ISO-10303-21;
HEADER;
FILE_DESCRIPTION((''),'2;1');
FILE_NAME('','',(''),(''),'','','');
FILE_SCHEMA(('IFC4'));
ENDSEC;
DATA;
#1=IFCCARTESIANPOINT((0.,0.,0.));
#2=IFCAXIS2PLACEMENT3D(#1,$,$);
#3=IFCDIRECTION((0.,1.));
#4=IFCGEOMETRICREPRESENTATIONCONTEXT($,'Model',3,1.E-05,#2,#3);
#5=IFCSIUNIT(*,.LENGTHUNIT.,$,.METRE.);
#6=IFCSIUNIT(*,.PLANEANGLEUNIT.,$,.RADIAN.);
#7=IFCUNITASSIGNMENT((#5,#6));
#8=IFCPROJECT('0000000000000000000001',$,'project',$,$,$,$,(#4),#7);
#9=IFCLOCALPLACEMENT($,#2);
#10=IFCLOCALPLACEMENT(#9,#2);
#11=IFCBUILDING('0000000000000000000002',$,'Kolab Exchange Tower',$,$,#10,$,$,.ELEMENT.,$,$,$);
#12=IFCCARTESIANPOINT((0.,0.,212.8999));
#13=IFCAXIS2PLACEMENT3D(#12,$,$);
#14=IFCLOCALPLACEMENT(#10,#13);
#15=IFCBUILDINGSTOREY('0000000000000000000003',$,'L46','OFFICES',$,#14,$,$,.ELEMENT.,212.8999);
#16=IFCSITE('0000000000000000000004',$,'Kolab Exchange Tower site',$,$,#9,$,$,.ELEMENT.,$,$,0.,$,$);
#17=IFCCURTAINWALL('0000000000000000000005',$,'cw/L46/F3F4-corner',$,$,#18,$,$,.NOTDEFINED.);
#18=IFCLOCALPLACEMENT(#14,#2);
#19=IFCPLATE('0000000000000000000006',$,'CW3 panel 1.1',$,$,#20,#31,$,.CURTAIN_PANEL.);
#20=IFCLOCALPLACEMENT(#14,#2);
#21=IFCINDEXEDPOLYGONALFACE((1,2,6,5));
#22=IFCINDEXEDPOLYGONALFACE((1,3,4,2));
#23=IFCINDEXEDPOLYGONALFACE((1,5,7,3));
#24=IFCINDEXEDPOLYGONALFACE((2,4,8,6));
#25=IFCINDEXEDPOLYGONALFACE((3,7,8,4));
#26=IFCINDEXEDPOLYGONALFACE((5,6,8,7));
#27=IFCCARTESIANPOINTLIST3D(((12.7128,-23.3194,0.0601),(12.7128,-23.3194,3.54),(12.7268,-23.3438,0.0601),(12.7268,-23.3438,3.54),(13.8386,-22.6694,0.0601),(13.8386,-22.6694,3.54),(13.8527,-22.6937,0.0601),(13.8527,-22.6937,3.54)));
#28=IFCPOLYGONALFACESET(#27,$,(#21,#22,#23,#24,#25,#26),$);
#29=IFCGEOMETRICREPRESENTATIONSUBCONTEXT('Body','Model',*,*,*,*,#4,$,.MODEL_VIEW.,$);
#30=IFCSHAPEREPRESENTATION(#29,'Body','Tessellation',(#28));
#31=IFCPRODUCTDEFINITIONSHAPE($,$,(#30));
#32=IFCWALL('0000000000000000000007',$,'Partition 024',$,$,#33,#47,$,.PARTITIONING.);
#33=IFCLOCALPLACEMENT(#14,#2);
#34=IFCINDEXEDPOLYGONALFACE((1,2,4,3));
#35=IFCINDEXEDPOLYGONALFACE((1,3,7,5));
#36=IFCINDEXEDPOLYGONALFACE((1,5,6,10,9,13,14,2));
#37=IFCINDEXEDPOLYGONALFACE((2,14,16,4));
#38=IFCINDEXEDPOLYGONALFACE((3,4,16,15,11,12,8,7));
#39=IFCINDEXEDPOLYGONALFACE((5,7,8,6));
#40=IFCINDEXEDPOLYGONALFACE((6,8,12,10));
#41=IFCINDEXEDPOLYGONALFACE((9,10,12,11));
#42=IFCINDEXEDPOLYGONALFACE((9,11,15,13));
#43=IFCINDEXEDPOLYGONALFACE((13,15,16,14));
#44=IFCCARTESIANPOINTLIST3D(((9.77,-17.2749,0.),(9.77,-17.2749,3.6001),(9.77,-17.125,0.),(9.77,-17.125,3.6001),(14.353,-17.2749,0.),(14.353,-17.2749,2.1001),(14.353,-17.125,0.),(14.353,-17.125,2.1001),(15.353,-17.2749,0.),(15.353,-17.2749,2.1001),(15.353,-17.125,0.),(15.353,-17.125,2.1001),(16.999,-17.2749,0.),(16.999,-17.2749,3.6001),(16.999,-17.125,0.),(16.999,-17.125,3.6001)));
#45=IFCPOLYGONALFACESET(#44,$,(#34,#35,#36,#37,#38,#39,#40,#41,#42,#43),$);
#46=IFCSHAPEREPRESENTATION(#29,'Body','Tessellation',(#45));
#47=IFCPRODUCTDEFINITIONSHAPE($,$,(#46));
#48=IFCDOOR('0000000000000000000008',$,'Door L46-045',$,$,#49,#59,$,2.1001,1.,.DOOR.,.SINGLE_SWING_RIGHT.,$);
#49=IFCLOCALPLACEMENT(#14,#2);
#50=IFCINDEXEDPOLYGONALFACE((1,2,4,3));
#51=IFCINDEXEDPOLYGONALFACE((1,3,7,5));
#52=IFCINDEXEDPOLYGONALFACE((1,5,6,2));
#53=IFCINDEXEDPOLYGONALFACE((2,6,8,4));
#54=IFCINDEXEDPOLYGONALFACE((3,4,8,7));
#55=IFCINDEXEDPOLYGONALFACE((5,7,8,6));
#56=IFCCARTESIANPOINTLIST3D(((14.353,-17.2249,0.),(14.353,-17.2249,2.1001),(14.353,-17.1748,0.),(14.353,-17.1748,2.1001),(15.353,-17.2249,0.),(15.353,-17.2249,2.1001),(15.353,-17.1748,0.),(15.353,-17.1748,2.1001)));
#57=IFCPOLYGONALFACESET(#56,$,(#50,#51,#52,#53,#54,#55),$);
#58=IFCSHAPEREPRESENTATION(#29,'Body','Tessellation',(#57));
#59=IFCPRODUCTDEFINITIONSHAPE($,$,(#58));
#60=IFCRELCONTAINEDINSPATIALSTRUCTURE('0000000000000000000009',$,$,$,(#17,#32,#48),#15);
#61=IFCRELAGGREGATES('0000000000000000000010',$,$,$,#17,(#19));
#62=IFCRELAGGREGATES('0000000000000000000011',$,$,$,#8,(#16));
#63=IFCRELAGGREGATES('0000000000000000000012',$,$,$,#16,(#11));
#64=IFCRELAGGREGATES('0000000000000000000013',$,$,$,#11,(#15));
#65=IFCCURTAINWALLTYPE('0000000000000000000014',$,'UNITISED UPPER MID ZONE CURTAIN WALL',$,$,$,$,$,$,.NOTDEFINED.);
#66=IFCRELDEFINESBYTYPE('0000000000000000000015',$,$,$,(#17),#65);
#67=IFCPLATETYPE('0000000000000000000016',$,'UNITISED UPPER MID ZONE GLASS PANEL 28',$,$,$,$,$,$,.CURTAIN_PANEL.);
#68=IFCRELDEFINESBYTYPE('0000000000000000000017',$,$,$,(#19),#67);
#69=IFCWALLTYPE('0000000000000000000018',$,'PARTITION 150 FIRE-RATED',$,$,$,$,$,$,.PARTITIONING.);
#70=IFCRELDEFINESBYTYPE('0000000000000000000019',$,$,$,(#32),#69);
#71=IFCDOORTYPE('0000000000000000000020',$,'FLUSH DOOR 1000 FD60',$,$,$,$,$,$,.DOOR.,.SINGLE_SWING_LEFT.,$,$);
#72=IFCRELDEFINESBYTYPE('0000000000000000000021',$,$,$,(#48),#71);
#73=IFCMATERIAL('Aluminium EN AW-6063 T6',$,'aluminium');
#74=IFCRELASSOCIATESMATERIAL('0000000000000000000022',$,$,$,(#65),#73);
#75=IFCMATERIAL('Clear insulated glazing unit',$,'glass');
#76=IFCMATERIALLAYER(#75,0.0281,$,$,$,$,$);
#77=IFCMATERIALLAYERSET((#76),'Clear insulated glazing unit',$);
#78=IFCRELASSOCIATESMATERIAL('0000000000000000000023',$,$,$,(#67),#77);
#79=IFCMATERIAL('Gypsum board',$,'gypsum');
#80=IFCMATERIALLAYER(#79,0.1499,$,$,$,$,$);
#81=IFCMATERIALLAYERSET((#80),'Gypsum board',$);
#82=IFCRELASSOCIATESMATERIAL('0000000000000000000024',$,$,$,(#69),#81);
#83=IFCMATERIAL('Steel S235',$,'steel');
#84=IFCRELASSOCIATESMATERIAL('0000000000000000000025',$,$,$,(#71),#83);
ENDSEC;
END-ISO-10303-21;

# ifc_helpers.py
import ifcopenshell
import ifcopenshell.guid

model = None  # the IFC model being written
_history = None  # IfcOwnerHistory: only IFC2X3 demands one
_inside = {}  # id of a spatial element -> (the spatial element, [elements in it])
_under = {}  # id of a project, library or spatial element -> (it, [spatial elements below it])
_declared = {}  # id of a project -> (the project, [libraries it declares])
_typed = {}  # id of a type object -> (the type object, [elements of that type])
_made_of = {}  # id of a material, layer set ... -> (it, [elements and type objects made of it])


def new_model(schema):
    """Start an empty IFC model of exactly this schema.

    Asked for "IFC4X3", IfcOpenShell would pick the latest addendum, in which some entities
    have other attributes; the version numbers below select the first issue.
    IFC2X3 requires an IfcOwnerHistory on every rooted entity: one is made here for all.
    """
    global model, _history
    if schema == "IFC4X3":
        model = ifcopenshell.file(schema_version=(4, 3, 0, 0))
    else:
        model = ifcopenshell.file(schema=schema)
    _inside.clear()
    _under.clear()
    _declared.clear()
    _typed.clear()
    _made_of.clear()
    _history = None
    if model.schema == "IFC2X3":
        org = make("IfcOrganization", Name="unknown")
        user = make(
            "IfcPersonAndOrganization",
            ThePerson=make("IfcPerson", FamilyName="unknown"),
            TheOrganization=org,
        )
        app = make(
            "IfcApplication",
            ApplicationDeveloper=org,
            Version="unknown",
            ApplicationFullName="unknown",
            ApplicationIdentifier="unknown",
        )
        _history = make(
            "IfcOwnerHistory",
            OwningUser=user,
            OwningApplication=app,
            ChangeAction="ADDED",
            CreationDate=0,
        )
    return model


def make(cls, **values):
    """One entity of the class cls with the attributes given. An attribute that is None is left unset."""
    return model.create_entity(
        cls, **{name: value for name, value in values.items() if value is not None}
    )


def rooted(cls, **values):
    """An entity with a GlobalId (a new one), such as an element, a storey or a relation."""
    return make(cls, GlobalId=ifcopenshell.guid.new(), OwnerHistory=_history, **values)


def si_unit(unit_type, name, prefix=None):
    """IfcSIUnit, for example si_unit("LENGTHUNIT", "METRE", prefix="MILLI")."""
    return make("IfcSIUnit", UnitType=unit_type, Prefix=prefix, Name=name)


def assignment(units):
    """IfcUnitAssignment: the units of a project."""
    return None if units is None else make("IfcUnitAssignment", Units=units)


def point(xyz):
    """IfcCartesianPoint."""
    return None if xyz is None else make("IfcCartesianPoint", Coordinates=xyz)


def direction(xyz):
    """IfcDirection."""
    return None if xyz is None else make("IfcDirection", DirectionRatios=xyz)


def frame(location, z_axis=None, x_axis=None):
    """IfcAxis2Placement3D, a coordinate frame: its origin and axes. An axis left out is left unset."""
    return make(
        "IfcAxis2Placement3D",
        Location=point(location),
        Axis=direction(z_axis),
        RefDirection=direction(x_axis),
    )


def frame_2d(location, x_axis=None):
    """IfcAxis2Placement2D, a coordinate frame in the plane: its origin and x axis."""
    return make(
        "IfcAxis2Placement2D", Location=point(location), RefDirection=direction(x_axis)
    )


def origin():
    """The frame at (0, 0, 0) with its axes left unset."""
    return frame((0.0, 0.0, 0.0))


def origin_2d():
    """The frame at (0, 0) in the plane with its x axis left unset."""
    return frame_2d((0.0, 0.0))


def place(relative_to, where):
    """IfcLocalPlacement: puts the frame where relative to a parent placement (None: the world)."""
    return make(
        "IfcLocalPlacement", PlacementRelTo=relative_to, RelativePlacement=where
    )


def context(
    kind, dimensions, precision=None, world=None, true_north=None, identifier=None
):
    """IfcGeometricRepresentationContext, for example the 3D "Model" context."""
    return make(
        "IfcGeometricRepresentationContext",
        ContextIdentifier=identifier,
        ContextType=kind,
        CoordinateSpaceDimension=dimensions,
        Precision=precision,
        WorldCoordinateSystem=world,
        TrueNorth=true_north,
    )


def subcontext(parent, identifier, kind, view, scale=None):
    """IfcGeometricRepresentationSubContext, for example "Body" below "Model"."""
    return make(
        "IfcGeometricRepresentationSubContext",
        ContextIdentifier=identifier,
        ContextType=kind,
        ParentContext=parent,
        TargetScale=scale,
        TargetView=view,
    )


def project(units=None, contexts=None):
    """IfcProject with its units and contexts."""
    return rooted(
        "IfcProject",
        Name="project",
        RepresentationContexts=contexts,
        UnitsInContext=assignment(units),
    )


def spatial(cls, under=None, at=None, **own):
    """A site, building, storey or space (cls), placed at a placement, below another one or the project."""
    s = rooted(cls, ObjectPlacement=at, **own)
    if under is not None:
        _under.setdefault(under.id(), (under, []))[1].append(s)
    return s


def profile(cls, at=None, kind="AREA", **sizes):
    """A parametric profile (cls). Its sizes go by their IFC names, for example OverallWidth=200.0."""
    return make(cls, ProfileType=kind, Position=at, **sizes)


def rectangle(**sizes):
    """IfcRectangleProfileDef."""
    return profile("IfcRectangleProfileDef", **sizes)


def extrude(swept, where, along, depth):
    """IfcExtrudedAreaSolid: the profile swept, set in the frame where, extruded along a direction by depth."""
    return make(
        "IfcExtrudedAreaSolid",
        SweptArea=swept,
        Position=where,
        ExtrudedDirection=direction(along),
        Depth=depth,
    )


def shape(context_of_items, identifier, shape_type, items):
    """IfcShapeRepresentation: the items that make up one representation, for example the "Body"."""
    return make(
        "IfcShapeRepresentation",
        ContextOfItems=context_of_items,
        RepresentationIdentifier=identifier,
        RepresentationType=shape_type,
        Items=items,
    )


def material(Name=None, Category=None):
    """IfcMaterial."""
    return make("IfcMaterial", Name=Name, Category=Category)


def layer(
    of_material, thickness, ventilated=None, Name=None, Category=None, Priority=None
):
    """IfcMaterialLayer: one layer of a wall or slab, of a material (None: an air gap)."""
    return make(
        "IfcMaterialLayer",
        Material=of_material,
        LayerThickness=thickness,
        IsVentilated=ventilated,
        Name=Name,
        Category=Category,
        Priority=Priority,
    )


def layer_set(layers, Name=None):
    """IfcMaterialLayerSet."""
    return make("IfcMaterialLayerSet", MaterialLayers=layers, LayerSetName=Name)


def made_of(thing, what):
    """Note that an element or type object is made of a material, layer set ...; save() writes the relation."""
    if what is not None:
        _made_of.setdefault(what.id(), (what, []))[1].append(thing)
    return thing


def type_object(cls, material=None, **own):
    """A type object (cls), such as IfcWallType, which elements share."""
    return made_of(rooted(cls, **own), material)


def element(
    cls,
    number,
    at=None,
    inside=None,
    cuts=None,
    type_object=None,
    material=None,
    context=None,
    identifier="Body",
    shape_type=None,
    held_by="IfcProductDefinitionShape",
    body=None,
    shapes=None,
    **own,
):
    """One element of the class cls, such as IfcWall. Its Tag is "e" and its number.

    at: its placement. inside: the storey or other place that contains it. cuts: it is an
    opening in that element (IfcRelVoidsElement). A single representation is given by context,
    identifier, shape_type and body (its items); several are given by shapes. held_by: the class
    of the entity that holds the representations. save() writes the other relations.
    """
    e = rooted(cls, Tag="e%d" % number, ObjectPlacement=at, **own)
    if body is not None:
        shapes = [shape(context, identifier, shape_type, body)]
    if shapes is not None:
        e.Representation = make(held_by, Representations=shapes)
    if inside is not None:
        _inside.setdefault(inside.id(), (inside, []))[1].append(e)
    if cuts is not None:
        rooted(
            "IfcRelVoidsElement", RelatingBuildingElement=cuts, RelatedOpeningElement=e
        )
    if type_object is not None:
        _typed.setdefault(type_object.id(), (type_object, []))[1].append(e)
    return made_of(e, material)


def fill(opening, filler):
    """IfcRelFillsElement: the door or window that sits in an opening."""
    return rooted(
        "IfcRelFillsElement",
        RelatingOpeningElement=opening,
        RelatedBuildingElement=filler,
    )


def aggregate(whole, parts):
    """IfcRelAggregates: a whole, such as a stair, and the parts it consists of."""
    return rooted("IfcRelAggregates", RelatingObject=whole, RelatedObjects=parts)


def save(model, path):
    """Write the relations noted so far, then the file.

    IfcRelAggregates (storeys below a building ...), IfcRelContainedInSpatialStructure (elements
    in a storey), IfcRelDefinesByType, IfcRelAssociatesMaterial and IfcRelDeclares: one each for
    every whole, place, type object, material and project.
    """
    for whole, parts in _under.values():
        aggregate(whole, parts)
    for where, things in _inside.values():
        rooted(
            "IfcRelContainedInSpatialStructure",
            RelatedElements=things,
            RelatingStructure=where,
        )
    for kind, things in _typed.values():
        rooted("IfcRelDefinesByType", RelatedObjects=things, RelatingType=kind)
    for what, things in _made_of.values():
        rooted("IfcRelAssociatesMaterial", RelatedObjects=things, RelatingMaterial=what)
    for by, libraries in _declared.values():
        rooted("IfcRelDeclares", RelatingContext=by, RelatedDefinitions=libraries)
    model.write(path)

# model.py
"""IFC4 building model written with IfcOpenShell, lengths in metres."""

from ifc_helpers import new_model, si_unit, direction, frame, frame_2d, origin, origin_2d, place, context, subcontext, project, spatial, rectangle, extrude, material, layer, layer_set, type_object, element, fill, aggregate, save


model = new_model("IFC4")

# Units and contexts
model_context = context("Model", 3, precision=1e-05, world=origin(), true_north=direction((0.0, 1.0)))
body_context = subcontext(model_context, "Body", "Model", "MODEL_VIEW")
ifc_project = project(units=[si_unit("LENGTHUNIT", "METRE"), si_unit("PLANEANGLEUNIT", "RADIAN")], contexts=[model_context])

# Site, building, storey
site_placement = place(None, origin())
site = spatial("IfcSite", under=ifc_project, at=site_placement, Name="Kolab Exchange Tower site", CompositionType="ELEMENT", RefElevation=0.0)
building_placement = place(site_placement, origin())
building = spatial("IfcBuilding", under=site, at=building_placement, Name="Kolab Exchange Tower", CompositionType="ELEMENT")
storey_placement = place(building_placement, frame((0.0, 0.0, 212.8999)))
storey = spatial("IfcBuildingStorey", under=building, at=storey_placement, Name="L46", Description="OFFICES", CompositionType="ELEMENT", Elevation=212.8999)

# Shared definitions
ifc_material_1 = material(Name="Aluminium EN AW-6063 T6", Category="aluminium")
curtain_wall_type = type_object("IfcCurtainWallType", Name="UNITISED UPPER MID ZONE CURTAIN WALL", PredefinedType="NOTDEFINED", material=ifc_material_1)

# Curtain wall
curtain_wall_1_placement = place(storey_placement, origin())
curtain_wall_1 = element("IfcCurtainWall", 1, at=curtain_wall_1_placement, inside=storey, type_object=curtain_wall_type, Name="cw/L46/F3F4-corner", PredefinedType="NOTDEFINED")

# Plate
ifc_material_2 = material(Name="Clear insulated glazing unit", Category="glass")
ifc_layer_1 = layer(ifc_material_2, 0.0281)
ifc_layer_set_1 = layer_set([ifc_layer_1], Name="Clear insulated glazing unit")
plate_type = type_object("IfcPlateType", Name="UNITISED UPPER MID ZONE GLASS PANEL 28", PredefinedType="CURTAIN_PANEL", material=ifc_layer_set_1)
plate_1_placement = place(storey_placement, frame((13.2827, -23.0066, 0.0601), z_axis=(0.0, 0.0, 1.0), x_axis=(-0.866025, -0.5, 0.0)))
plate_1 = element("IfcPlate", 2, at=plate_1_placement, type_object=plate_type, Name="CW3 panel 1.1", PredefinedType="CURTAIN_PANEL", context=body_context, shape_type="SweptSolid", body=[
    extrude(rectangle(XDim=1.3, YDim=0.0281, at=origin_2d()), origin(), (0.0, 0.0, 1.0), 3.48),
])
aggregate(curtain_wall_1, [plate_1])

# Wall, opening, door
ifc_material_3 = material(Name="Gypsum board", Category="gypsum")
ifc_layer_2 = layer(ifc_material_3, 0.1499)
ifc_layer_set_2 = layer_set([ifc_layer_2], Name="Gypsum board")
wall_type_1 = type_object("IfcWallType", Name="PARTITION 150 FIRE-RATED", PredefinedType="PARTITIONING", material=ifc_layer_set_2)
wall_1_placement = place(storey_placement, frame((9.77, -17.2, 0.0), z_axis=(0.0, 0.0, 1.0), x_axis=(1.0, 0.0, 0.0)))
wall_1 = element("IfcWall", 3, at=wall_1_placement, inside=storey, type_object=wall_type_1, Name="Partition 024", PredefinedType="PARTITIONING", context=body_context, shape_type="SweptSolid", body=[
    extrude(rectangle(XDim=7.229, YDim=0.1499, at=frame_2d((3.6145, 0.0))), origin(), (0.0, 0.0, 1.0), 3.6001),
])
opening_1_placement = place(wall_1_placement, frame((4.583, 0.0, 0.0)))
opening_1 = element("IfcOpeningElement", 4, at=opening_1_placement, cuts=wall_1, PredefinedType="OPENING", context=body_context, shape_type="SweptSolid", body=[
    extrude(rectangle(XDim=1.0, YDim=2.1001, at=frame_2d((0.5, 1.05))), frame((0.0, 0.085, 0.0), z_axis=(0.0, -1.0, 0.0), x_axis=(1.0, 0.0, 0.0)), (0.0, 0.0, 1.0), 0.1699),
])
ifc_material_4 = material(Name="Steel S235", Category="steel")
door_type_1 = type_object("IfcDoorType", Name="FLUSH DOOR 1000 FD60", OperationType="SINGLE_SWING_LEFT", PredefinedType="DOOR", material=ifc_material_4)
door_1_placement = place(opening_1_placement, frame((1.0, 0.0, 0.0), z_axis=(0.0, 0.0, 1.0), x_axis=(-1.0, 0.0, 0.0)))
door_1 = element("IfcDoor", 5, at=door_1_placement, inside=storey, type_object=door_type_1, Name="Door L46-045", OperationType="SINGLE_SWING_RIGHT", OverallHeight=2.1001, OverallWidth=1.0, PredefinedType="DOOR", context=body_context, shape_type="SweptSolid", body=[
    extrude(rectangle(XDim=1.0, YDim=2.1001, at=frame_2d((0.5, 1.05))), frame((0.0, 0.0249, 0.0), z_axis=(0.0, -1.0, 0.0), x_axis=(1.0, 0.0, 0.0)), (0.0, 0.0, 1.0), 0.05),
])
fill(opening_1, door_1)

save(model, "model.ifc")
